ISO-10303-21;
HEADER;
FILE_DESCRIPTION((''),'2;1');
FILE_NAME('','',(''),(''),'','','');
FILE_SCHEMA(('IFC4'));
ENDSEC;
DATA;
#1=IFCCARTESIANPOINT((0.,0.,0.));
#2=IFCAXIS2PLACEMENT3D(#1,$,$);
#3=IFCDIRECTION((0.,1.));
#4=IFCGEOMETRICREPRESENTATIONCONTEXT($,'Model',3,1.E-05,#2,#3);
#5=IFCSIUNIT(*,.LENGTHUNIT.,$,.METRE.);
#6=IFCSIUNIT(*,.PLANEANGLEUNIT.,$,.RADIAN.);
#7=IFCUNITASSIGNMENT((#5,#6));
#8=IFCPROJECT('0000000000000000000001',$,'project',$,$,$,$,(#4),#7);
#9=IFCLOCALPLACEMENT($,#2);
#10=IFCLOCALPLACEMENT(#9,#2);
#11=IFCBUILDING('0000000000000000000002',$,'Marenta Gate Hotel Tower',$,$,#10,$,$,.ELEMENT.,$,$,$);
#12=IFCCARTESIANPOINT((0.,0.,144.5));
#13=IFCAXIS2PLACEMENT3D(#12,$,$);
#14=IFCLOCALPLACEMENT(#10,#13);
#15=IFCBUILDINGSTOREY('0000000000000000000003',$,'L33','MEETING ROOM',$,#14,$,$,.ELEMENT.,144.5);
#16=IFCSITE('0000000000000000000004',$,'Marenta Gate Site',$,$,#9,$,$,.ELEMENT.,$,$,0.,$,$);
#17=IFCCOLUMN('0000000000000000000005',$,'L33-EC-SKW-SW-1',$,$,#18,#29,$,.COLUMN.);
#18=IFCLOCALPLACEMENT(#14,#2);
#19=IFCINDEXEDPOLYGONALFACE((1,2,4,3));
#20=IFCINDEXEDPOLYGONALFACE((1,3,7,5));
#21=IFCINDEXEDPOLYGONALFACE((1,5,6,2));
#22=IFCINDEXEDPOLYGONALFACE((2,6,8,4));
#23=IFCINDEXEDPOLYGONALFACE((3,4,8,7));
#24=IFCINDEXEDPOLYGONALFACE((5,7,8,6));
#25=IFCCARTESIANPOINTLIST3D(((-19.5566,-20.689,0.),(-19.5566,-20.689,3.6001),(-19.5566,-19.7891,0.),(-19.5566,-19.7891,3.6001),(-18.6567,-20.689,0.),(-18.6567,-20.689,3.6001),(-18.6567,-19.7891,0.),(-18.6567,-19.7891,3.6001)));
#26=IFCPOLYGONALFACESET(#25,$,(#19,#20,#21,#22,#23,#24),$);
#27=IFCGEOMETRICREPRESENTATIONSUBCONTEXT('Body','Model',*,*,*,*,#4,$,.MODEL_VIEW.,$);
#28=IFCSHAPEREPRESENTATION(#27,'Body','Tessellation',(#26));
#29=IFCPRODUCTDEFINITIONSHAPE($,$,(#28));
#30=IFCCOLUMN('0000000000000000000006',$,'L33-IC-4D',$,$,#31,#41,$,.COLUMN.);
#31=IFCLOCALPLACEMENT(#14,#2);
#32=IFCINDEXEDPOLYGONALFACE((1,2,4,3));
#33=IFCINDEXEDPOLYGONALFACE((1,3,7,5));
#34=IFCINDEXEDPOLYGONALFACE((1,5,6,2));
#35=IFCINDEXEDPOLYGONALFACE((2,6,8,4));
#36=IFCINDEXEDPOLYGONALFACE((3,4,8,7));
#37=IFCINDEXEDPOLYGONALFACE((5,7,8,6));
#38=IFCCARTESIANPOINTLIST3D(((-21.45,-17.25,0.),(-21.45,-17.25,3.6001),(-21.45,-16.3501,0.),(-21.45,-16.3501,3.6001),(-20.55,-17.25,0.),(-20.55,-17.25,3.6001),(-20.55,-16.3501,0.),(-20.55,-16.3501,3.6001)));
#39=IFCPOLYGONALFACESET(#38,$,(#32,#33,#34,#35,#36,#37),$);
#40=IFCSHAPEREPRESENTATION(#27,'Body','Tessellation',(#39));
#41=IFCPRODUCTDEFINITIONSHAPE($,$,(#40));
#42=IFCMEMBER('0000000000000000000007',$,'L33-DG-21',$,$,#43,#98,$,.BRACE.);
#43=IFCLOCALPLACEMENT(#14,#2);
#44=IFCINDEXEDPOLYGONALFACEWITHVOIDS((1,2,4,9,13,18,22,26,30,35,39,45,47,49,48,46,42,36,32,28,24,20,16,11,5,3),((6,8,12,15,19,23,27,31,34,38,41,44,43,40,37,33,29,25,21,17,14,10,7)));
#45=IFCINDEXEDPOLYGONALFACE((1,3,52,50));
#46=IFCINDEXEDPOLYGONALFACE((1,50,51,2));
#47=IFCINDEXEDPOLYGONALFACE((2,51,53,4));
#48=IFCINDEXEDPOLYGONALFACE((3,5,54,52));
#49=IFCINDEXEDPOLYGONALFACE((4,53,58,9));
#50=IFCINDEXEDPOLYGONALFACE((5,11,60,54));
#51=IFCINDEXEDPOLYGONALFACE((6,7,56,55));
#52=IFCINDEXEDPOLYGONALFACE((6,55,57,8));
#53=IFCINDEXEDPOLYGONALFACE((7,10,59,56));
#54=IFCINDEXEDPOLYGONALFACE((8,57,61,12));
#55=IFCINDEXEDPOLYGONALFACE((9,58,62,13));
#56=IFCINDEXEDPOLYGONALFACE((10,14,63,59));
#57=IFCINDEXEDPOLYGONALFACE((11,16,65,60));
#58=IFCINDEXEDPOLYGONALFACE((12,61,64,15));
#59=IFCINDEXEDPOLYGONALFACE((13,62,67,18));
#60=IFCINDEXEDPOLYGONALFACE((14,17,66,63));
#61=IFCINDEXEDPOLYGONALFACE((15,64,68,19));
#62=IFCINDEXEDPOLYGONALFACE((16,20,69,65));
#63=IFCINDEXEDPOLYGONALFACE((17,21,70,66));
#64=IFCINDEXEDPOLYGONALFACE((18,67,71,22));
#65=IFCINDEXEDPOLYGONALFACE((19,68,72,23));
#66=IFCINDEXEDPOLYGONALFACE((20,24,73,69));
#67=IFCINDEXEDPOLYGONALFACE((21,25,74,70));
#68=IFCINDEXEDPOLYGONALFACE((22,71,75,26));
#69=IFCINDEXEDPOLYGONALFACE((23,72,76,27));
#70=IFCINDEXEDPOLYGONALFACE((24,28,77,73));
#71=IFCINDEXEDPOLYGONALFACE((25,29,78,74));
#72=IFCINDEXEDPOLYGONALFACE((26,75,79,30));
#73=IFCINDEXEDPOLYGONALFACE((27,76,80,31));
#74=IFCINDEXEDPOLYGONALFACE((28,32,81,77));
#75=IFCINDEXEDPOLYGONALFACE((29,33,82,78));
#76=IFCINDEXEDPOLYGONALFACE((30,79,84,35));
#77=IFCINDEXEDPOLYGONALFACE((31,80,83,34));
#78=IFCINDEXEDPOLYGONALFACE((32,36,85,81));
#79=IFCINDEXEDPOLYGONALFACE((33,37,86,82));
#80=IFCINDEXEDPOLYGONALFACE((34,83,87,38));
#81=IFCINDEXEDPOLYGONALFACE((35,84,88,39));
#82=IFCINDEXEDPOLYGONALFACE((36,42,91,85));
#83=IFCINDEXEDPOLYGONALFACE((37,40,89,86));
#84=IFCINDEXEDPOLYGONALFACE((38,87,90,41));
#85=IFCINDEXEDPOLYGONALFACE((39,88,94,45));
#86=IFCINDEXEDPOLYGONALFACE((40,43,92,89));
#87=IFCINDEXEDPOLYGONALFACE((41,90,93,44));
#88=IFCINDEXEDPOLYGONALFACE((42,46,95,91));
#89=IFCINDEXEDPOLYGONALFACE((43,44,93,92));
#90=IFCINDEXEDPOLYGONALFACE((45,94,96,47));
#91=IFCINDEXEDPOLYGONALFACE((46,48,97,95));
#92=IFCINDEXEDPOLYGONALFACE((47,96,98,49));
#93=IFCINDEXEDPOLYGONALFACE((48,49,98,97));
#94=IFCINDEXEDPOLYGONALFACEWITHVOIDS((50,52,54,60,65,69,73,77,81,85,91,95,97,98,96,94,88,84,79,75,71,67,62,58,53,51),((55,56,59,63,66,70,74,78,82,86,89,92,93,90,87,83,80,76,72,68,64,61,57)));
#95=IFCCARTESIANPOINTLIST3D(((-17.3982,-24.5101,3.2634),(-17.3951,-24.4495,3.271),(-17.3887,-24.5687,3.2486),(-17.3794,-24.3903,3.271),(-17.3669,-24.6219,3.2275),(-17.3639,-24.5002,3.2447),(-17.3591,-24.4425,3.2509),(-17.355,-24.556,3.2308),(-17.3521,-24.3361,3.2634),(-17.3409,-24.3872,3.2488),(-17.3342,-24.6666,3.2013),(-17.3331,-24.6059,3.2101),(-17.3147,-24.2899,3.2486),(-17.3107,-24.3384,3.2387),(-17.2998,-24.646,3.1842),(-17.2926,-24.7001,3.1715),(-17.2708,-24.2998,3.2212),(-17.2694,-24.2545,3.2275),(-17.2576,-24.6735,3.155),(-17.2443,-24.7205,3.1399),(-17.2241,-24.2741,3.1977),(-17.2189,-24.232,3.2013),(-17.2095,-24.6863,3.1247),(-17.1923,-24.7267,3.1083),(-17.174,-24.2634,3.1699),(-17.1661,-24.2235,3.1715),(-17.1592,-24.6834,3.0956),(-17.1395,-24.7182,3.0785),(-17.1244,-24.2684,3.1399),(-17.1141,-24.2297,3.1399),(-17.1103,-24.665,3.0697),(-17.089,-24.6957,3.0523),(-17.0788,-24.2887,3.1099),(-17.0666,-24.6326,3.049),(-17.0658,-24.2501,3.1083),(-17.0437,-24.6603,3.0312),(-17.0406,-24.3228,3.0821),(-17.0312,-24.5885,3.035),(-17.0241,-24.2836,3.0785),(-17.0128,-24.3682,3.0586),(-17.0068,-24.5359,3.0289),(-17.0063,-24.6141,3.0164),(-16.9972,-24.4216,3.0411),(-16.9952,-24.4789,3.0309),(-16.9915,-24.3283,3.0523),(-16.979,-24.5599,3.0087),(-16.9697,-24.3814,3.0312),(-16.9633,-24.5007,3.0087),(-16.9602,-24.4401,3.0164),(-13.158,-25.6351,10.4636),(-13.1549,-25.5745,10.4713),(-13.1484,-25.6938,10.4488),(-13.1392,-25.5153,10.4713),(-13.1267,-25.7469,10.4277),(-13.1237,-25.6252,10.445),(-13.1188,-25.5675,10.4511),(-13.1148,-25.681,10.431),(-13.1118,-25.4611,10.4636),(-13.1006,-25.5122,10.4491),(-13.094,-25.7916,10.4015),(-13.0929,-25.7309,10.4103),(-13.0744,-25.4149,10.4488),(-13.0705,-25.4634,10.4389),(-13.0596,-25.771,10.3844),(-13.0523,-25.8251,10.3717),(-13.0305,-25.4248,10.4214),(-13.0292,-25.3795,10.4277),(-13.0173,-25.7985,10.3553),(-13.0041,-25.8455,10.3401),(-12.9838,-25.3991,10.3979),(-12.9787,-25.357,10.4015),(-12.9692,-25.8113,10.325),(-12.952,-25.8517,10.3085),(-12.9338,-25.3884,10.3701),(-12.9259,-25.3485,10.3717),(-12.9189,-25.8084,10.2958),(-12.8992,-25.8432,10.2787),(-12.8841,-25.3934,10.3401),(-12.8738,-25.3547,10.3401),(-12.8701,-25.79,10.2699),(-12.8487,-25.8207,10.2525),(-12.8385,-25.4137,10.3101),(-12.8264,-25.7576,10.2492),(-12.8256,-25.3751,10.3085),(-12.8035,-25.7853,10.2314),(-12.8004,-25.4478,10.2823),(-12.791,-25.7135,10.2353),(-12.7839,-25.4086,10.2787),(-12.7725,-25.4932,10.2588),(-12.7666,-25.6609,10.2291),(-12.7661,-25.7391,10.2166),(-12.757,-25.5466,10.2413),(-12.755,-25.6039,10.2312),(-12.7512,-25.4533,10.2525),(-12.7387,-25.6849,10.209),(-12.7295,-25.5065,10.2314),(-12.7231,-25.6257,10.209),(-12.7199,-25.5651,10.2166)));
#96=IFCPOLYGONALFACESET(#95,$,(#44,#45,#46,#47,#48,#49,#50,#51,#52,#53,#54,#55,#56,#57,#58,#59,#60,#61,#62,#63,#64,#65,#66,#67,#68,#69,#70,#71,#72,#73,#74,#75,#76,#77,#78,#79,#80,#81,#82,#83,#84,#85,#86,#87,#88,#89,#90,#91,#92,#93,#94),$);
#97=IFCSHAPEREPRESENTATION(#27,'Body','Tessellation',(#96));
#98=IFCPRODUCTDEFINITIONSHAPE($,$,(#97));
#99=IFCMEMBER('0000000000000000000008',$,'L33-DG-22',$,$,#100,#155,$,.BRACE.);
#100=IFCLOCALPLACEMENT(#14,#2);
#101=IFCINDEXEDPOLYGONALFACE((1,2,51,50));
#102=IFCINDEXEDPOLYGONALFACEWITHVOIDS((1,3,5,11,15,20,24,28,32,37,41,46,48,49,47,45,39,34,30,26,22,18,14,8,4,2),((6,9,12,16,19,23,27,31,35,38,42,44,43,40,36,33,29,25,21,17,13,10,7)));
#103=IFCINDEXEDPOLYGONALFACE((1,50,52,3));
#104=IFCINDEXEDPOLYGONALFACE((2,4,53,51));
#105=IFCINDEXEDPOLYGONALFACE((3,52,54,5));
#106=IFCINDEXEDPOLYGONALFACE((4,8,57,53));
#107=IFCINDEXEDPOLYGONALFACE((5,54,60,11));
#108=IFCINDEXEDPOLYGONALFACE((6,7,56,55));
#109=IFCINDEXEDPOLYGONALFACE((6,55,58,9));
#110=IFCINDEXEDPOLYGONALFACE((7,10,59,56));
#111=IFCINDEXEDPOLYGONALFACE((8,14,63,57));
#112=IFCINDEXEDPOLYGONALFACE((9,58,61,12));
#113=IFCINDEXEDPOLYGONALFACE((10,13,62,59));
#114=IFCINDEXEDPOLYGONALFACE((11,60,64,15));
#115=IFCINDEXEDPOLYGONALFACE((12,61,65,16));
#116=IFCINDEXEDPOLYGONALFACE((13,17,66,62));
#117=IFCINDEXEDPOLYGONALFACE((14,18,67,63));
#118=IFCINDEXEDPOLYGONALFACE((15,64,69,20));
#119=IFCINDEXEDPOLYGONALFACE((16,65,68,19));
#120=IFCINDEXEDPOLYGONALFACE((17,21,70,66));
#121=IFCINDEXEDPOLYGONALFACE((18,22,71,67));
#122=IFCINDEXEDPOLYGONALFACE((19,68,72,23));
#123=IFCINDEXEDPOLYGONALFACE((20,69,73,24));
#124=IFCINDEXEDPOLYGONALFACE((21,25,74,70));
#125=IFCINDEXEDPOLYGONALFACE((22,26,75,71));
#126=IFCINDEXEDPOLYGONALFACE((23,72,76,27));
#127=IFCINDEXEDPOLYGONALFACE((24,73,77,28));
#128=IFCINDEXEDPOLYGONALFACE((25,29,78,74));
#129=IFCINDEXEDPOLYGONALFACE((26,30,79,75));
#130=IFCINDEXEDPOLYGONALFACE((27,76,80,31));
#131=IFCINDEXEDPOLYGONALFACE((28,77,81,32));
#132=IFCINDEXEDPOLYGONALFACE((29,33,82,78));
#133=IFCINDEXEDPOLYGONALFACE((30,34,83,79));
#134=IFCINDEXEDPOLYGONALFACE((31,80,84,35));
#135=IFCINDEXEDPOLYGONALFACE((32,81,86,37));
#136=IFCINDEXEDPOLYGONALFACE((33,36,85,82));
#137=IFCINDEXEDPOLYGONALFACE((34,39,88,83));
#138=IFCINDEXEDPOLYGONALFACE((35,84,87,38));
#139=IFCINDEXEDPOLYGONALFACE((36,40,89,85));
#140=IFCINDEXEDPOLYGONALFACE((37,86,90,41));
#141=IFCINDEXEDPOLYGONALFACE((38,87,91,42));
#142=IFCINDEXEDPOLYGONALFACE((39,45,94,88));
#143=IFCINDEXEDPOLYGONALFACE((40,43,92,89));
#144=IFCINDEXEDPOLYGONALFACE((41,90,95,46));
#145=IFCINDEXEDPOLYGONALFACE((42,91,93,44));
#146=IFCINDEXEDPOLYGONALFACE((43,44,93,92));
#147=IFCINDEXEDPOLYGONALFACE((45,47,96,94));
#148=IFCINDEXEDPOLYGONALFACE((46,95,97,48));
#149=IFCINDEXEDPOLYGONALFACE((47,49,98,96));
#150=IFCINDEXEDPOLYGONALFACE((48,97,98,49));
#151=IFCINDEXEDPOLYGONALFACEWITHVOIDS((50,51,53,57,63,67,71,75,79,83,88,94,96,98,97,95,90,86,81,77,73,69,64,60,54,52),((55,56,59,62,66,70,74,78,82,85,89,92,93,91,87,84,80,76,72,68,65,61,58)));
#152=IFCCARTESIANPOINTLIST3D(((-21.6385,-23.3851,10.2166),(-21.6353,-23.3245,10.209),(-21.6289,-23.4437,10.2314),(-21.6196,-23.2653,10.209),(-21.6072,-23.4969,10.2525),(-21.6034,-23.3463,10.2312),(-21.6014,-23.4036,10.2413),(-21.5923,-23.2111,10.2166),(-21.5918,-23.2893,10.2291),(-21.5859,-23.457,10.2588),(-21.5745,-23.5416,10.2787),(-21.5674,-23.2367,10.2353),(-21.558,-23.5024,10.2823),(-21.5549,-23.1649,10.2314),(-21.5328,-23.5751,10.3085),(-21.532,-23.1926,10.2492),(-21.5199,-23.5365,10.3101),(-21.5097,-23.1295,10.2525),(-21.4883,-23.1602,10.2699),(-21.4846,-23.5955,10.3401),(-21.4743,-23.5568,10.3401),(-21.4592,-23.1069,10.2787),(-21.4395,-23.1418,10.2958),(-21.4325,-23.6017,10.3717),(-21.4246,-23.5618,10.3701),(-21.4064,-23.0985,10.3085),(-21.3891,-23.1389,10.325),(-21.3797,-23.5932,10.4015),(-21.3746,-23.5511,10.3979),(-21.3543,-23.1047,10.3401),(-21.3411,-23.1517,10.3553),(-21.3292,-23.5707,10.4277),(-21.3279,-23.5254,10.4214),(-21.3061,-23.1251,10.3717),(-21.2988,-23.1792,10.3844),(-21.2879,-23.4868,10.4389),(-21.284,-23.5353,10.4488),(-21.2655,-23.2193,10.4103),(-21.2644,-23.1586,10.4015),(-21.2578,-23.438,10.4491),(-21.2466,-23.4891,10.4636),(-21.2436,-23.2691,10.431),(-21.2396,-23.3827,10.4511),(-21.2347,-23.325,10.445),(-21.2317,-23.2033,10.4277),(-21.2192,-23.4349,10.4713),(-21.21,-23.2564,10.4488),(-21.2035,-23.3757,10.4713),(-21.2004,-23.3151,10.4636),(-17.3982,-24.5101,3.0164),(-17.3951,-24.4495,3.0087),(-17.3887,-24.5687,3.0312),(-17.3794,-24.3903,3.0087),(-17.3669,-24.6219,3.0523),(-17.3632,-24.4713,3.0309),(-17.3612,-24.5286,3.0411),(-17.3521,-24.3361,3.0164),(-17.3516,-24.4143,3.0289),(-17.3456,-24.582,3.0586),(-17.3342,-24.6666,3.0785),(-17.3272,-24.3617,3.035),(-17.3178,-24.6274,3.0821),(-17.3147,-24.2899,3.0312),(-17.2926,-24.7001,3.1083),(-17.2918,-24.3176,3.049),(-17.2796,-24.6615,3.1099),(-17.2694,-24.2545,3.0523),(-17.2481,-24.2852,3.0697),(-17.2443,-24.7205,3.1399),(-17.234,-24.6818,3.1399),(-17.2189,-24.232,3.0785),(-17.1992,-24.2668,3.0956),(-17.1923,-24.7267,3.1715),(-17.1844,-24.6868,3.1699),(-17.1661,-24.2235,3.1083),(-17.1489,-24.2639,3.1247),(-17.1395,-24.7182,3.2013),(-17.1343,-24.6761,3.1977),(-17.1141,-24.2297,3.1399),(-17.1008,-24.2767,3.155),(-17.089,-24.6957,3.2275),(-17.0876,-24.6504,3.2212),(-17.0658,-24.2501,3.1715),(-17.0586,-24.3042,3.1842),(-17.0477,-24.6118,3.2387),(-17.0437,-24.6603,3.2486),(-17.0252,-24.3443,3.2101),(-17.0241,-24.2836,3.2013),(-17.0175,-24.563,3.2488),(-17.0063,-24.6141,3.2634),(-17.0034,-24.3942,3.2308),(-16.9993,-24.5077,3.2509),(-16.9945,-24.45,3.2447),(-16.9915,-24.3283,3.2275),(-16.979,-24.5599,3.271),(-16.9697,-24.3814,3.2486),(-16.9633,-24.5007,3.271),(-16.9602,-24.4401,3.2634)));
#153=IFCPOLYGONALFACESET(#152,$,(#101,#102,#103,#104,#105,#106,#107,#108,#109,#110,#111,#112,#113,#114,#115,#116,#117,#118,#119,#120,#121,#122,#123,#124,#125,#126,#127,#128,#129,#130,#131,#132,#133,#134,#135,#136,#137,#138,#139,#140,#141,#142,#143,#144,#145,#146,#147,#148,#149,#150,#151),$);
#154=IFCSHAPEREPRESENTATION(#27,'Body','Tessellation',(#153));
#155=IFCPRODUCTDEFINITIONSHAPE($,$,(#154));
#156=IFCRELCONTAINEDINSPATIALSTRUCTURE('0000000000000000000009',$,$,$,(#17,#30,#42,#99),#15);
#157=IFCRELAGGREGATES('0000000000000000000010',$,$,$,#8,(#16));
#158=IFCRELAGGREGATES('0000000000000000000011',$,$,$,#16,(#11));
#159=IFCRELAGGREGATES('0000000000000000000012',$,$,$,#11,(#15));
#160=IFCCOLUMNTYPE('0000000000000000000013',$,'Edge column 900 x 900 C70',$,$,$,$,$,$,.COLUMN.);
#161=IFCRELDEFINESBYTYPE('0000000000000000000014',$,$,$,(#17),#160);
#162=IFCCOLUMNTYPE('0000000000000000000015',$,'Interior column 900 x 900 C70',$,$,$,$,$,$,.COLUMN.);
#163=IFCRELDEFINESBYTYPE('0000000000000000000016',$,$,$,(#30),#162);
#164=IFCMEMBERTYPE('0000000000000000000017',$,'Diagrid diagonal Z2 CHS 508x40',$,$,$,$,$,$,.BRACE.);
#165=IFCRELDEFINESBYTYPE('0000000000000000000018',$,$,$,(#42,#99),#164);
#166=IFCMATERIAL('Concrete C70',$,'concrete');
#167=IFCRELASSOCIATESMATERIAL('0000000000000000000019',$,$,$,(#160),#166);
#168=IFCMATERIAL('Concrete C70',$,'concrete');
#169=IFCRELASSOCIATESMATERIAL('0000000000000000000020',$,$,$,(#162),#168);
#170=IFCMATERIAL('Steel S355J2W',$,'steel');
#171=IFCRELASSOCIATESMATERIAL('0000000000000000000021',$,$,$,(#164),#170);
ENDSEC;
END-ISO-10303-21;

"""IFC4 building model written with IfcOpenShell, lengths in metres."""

from ifc_helpers import new_model, si_unit, direction, frame, origin, origin_2d, place, context, subcontext, project, spatial, rectangle, hollow_circle, extrude, material, material_profile, profile_set, type_object, element, save


model = new_model("IFC4")

# Units and contexts
model_context = context("Model", 3, precision=1e-05, world=origin(), true_north=direction((0.0, 1.0)))
body_context = subcontext(model_context, "Body", "Model", "MODEL_VIEW")
ifc_project = project(units=[si_unit("LENGTHUNIT", "METRE"), si_unit("PLANEANGLEUNIT", "RADIAN")], contexts=[model_context])

# Site, building, storey
site_placement = place(None, origin())
site = spatial("IfcSite", under=ifc_project, at=site_placement, Name="Marenta Gate Site", CompositionType="ELEMENT", RefElevation=0.0)
building_placement = place(site_placement, origin())
building = spatial("IfcBuilding", under=site, at=building_placement, Name="Marenta Gate Hotel Tower", CompositionType="ELEMENT")
storey_placement = place(building_placement, frame((0.0, 0.0, 144.5)))
storey = spatial("IfcBuildingStorey", under=building, at=storey_placement, Name="L33", Description="MEETING ROOM", CompositionType="ELEMENT", Elevation=144.5)

# Columns
ifc_material_1 = material(Name="Concrete C70", Category="concrete")
ifc_material_profile_1 = material_profile(ifc_material_1, rectangle(XDim=0.8999, YDim=0.8999, at=origin_2d()), Name="900 x 900")
ifc_profile_set_1 = profile_set([ifc_material_profile_1], Name="Concrete C70")
column_type_1 = type_object("IfcColumnType", Name="Edge column 900 x 900 C70", PredefinedType="COLUMN", material=ifc_profile_set_1)
column_1_placement = place(storey_placement, frame((-19.1067, -20.239, 0.0), z_axis=(0.0, 0.0, 1.0), x_axis=(1.0, 0.0, 0.0)))
element("IfcColumn", 1, at=column_1_placement, inside=storey, type_object=column_type_1, Name="L33-EC-SKW-SW-1", PredefinedType="COLUMN", context=body_context, shape_type="SweptSolid", body=[
    extrude(rectangle(XDim=0.8999, YDim=0.8999, at=origin_2d()), origin(), (0.0, 0.0, 1.0), 3.6001),
])
ifc_material_2 = material(Name="Concrete C70", Category="concrete")
ifc_material_profile_2 = material_profile(ifc_material_2, rectangle(XDim=0.8999, YDim=0.8999, at=origin_2d()), Name="900 x 900")
ifc_profile_set_2 = profile_set([ifc_material_profile_2], Name="Concrete C70")
column_type_2 = type_object("IfcColumnType", Name="Interior column 900 x 900 C70", PredefinedType="COLUMN", material=ifc_profile_set_2)
column_2_placement = place(storey_placement, frame((-21.0, -16.8, 0.0), z_axis=(0.0, 0.0, 1.0), x_axis=(1.0, 0.0, 0.0)))
element("IfcColumn", 2, at=column_2_placement, inside=storey, type_object=column_type_2, Name="L33-IC-4D", PredefinedType="COLUMN", context=body_context, shape_type="SweptSolid", body=[
    extrude(rectangle(XDim=0.8999, YDim=0.8999, at=origin_2d()), origin(), (0.0, 0.0, 1.0), 3.6001),
])

# Members
ifc_material_3 = material(Name="Steel S355J2W", Category="steel")
ifc_material_profile_3 = material_profile(ifc_material_3, hollow_circle(Radius=0.2539, WallThickness=0.04, at=origin_2d()), Name="CHS 508x40")
ifc_profile_set_3 = profile_set([ifc_material_profile_3], Name="Steel S355J2W")
member_type_1 = type_object("IfcMemberType", Name="Diagrid diagonal Z2 CHS 508x40", PredefinedType="BRACE", material=ifc_profile_set_3)
for number, where, z_axis, x_axis, name in (
    (3, (-17.1792, -24.4751, 3.1399), (0.502912, -0.13343, 0.853977), (0.256443, 0.966559, 0.0), "L33-DG-21"),
    (4, (-17.1792, -24.4751, 3.1399), (-0.502912, 0.13343, 0.853977), (-0.256443, -0.966559, 0.0), "L33-DG-22"),
):
    element("IfcMember", number, at=place(storey_placement, frame(where, z_axis=z_axis, x_axis=x_axis)), inside=storey, type_object=member_type_1, Name=name, PredefinedType="BRACE", context=body_context, shape_type="SweptSolid", body=[
        extrude(hollow_circle(Radius=0.2539, WallThickness=0.04, at=origin_2d()), origin(), (0.0, 0.0, 1.0), 8.4314),
    ])

save(model, "model.ifc")
